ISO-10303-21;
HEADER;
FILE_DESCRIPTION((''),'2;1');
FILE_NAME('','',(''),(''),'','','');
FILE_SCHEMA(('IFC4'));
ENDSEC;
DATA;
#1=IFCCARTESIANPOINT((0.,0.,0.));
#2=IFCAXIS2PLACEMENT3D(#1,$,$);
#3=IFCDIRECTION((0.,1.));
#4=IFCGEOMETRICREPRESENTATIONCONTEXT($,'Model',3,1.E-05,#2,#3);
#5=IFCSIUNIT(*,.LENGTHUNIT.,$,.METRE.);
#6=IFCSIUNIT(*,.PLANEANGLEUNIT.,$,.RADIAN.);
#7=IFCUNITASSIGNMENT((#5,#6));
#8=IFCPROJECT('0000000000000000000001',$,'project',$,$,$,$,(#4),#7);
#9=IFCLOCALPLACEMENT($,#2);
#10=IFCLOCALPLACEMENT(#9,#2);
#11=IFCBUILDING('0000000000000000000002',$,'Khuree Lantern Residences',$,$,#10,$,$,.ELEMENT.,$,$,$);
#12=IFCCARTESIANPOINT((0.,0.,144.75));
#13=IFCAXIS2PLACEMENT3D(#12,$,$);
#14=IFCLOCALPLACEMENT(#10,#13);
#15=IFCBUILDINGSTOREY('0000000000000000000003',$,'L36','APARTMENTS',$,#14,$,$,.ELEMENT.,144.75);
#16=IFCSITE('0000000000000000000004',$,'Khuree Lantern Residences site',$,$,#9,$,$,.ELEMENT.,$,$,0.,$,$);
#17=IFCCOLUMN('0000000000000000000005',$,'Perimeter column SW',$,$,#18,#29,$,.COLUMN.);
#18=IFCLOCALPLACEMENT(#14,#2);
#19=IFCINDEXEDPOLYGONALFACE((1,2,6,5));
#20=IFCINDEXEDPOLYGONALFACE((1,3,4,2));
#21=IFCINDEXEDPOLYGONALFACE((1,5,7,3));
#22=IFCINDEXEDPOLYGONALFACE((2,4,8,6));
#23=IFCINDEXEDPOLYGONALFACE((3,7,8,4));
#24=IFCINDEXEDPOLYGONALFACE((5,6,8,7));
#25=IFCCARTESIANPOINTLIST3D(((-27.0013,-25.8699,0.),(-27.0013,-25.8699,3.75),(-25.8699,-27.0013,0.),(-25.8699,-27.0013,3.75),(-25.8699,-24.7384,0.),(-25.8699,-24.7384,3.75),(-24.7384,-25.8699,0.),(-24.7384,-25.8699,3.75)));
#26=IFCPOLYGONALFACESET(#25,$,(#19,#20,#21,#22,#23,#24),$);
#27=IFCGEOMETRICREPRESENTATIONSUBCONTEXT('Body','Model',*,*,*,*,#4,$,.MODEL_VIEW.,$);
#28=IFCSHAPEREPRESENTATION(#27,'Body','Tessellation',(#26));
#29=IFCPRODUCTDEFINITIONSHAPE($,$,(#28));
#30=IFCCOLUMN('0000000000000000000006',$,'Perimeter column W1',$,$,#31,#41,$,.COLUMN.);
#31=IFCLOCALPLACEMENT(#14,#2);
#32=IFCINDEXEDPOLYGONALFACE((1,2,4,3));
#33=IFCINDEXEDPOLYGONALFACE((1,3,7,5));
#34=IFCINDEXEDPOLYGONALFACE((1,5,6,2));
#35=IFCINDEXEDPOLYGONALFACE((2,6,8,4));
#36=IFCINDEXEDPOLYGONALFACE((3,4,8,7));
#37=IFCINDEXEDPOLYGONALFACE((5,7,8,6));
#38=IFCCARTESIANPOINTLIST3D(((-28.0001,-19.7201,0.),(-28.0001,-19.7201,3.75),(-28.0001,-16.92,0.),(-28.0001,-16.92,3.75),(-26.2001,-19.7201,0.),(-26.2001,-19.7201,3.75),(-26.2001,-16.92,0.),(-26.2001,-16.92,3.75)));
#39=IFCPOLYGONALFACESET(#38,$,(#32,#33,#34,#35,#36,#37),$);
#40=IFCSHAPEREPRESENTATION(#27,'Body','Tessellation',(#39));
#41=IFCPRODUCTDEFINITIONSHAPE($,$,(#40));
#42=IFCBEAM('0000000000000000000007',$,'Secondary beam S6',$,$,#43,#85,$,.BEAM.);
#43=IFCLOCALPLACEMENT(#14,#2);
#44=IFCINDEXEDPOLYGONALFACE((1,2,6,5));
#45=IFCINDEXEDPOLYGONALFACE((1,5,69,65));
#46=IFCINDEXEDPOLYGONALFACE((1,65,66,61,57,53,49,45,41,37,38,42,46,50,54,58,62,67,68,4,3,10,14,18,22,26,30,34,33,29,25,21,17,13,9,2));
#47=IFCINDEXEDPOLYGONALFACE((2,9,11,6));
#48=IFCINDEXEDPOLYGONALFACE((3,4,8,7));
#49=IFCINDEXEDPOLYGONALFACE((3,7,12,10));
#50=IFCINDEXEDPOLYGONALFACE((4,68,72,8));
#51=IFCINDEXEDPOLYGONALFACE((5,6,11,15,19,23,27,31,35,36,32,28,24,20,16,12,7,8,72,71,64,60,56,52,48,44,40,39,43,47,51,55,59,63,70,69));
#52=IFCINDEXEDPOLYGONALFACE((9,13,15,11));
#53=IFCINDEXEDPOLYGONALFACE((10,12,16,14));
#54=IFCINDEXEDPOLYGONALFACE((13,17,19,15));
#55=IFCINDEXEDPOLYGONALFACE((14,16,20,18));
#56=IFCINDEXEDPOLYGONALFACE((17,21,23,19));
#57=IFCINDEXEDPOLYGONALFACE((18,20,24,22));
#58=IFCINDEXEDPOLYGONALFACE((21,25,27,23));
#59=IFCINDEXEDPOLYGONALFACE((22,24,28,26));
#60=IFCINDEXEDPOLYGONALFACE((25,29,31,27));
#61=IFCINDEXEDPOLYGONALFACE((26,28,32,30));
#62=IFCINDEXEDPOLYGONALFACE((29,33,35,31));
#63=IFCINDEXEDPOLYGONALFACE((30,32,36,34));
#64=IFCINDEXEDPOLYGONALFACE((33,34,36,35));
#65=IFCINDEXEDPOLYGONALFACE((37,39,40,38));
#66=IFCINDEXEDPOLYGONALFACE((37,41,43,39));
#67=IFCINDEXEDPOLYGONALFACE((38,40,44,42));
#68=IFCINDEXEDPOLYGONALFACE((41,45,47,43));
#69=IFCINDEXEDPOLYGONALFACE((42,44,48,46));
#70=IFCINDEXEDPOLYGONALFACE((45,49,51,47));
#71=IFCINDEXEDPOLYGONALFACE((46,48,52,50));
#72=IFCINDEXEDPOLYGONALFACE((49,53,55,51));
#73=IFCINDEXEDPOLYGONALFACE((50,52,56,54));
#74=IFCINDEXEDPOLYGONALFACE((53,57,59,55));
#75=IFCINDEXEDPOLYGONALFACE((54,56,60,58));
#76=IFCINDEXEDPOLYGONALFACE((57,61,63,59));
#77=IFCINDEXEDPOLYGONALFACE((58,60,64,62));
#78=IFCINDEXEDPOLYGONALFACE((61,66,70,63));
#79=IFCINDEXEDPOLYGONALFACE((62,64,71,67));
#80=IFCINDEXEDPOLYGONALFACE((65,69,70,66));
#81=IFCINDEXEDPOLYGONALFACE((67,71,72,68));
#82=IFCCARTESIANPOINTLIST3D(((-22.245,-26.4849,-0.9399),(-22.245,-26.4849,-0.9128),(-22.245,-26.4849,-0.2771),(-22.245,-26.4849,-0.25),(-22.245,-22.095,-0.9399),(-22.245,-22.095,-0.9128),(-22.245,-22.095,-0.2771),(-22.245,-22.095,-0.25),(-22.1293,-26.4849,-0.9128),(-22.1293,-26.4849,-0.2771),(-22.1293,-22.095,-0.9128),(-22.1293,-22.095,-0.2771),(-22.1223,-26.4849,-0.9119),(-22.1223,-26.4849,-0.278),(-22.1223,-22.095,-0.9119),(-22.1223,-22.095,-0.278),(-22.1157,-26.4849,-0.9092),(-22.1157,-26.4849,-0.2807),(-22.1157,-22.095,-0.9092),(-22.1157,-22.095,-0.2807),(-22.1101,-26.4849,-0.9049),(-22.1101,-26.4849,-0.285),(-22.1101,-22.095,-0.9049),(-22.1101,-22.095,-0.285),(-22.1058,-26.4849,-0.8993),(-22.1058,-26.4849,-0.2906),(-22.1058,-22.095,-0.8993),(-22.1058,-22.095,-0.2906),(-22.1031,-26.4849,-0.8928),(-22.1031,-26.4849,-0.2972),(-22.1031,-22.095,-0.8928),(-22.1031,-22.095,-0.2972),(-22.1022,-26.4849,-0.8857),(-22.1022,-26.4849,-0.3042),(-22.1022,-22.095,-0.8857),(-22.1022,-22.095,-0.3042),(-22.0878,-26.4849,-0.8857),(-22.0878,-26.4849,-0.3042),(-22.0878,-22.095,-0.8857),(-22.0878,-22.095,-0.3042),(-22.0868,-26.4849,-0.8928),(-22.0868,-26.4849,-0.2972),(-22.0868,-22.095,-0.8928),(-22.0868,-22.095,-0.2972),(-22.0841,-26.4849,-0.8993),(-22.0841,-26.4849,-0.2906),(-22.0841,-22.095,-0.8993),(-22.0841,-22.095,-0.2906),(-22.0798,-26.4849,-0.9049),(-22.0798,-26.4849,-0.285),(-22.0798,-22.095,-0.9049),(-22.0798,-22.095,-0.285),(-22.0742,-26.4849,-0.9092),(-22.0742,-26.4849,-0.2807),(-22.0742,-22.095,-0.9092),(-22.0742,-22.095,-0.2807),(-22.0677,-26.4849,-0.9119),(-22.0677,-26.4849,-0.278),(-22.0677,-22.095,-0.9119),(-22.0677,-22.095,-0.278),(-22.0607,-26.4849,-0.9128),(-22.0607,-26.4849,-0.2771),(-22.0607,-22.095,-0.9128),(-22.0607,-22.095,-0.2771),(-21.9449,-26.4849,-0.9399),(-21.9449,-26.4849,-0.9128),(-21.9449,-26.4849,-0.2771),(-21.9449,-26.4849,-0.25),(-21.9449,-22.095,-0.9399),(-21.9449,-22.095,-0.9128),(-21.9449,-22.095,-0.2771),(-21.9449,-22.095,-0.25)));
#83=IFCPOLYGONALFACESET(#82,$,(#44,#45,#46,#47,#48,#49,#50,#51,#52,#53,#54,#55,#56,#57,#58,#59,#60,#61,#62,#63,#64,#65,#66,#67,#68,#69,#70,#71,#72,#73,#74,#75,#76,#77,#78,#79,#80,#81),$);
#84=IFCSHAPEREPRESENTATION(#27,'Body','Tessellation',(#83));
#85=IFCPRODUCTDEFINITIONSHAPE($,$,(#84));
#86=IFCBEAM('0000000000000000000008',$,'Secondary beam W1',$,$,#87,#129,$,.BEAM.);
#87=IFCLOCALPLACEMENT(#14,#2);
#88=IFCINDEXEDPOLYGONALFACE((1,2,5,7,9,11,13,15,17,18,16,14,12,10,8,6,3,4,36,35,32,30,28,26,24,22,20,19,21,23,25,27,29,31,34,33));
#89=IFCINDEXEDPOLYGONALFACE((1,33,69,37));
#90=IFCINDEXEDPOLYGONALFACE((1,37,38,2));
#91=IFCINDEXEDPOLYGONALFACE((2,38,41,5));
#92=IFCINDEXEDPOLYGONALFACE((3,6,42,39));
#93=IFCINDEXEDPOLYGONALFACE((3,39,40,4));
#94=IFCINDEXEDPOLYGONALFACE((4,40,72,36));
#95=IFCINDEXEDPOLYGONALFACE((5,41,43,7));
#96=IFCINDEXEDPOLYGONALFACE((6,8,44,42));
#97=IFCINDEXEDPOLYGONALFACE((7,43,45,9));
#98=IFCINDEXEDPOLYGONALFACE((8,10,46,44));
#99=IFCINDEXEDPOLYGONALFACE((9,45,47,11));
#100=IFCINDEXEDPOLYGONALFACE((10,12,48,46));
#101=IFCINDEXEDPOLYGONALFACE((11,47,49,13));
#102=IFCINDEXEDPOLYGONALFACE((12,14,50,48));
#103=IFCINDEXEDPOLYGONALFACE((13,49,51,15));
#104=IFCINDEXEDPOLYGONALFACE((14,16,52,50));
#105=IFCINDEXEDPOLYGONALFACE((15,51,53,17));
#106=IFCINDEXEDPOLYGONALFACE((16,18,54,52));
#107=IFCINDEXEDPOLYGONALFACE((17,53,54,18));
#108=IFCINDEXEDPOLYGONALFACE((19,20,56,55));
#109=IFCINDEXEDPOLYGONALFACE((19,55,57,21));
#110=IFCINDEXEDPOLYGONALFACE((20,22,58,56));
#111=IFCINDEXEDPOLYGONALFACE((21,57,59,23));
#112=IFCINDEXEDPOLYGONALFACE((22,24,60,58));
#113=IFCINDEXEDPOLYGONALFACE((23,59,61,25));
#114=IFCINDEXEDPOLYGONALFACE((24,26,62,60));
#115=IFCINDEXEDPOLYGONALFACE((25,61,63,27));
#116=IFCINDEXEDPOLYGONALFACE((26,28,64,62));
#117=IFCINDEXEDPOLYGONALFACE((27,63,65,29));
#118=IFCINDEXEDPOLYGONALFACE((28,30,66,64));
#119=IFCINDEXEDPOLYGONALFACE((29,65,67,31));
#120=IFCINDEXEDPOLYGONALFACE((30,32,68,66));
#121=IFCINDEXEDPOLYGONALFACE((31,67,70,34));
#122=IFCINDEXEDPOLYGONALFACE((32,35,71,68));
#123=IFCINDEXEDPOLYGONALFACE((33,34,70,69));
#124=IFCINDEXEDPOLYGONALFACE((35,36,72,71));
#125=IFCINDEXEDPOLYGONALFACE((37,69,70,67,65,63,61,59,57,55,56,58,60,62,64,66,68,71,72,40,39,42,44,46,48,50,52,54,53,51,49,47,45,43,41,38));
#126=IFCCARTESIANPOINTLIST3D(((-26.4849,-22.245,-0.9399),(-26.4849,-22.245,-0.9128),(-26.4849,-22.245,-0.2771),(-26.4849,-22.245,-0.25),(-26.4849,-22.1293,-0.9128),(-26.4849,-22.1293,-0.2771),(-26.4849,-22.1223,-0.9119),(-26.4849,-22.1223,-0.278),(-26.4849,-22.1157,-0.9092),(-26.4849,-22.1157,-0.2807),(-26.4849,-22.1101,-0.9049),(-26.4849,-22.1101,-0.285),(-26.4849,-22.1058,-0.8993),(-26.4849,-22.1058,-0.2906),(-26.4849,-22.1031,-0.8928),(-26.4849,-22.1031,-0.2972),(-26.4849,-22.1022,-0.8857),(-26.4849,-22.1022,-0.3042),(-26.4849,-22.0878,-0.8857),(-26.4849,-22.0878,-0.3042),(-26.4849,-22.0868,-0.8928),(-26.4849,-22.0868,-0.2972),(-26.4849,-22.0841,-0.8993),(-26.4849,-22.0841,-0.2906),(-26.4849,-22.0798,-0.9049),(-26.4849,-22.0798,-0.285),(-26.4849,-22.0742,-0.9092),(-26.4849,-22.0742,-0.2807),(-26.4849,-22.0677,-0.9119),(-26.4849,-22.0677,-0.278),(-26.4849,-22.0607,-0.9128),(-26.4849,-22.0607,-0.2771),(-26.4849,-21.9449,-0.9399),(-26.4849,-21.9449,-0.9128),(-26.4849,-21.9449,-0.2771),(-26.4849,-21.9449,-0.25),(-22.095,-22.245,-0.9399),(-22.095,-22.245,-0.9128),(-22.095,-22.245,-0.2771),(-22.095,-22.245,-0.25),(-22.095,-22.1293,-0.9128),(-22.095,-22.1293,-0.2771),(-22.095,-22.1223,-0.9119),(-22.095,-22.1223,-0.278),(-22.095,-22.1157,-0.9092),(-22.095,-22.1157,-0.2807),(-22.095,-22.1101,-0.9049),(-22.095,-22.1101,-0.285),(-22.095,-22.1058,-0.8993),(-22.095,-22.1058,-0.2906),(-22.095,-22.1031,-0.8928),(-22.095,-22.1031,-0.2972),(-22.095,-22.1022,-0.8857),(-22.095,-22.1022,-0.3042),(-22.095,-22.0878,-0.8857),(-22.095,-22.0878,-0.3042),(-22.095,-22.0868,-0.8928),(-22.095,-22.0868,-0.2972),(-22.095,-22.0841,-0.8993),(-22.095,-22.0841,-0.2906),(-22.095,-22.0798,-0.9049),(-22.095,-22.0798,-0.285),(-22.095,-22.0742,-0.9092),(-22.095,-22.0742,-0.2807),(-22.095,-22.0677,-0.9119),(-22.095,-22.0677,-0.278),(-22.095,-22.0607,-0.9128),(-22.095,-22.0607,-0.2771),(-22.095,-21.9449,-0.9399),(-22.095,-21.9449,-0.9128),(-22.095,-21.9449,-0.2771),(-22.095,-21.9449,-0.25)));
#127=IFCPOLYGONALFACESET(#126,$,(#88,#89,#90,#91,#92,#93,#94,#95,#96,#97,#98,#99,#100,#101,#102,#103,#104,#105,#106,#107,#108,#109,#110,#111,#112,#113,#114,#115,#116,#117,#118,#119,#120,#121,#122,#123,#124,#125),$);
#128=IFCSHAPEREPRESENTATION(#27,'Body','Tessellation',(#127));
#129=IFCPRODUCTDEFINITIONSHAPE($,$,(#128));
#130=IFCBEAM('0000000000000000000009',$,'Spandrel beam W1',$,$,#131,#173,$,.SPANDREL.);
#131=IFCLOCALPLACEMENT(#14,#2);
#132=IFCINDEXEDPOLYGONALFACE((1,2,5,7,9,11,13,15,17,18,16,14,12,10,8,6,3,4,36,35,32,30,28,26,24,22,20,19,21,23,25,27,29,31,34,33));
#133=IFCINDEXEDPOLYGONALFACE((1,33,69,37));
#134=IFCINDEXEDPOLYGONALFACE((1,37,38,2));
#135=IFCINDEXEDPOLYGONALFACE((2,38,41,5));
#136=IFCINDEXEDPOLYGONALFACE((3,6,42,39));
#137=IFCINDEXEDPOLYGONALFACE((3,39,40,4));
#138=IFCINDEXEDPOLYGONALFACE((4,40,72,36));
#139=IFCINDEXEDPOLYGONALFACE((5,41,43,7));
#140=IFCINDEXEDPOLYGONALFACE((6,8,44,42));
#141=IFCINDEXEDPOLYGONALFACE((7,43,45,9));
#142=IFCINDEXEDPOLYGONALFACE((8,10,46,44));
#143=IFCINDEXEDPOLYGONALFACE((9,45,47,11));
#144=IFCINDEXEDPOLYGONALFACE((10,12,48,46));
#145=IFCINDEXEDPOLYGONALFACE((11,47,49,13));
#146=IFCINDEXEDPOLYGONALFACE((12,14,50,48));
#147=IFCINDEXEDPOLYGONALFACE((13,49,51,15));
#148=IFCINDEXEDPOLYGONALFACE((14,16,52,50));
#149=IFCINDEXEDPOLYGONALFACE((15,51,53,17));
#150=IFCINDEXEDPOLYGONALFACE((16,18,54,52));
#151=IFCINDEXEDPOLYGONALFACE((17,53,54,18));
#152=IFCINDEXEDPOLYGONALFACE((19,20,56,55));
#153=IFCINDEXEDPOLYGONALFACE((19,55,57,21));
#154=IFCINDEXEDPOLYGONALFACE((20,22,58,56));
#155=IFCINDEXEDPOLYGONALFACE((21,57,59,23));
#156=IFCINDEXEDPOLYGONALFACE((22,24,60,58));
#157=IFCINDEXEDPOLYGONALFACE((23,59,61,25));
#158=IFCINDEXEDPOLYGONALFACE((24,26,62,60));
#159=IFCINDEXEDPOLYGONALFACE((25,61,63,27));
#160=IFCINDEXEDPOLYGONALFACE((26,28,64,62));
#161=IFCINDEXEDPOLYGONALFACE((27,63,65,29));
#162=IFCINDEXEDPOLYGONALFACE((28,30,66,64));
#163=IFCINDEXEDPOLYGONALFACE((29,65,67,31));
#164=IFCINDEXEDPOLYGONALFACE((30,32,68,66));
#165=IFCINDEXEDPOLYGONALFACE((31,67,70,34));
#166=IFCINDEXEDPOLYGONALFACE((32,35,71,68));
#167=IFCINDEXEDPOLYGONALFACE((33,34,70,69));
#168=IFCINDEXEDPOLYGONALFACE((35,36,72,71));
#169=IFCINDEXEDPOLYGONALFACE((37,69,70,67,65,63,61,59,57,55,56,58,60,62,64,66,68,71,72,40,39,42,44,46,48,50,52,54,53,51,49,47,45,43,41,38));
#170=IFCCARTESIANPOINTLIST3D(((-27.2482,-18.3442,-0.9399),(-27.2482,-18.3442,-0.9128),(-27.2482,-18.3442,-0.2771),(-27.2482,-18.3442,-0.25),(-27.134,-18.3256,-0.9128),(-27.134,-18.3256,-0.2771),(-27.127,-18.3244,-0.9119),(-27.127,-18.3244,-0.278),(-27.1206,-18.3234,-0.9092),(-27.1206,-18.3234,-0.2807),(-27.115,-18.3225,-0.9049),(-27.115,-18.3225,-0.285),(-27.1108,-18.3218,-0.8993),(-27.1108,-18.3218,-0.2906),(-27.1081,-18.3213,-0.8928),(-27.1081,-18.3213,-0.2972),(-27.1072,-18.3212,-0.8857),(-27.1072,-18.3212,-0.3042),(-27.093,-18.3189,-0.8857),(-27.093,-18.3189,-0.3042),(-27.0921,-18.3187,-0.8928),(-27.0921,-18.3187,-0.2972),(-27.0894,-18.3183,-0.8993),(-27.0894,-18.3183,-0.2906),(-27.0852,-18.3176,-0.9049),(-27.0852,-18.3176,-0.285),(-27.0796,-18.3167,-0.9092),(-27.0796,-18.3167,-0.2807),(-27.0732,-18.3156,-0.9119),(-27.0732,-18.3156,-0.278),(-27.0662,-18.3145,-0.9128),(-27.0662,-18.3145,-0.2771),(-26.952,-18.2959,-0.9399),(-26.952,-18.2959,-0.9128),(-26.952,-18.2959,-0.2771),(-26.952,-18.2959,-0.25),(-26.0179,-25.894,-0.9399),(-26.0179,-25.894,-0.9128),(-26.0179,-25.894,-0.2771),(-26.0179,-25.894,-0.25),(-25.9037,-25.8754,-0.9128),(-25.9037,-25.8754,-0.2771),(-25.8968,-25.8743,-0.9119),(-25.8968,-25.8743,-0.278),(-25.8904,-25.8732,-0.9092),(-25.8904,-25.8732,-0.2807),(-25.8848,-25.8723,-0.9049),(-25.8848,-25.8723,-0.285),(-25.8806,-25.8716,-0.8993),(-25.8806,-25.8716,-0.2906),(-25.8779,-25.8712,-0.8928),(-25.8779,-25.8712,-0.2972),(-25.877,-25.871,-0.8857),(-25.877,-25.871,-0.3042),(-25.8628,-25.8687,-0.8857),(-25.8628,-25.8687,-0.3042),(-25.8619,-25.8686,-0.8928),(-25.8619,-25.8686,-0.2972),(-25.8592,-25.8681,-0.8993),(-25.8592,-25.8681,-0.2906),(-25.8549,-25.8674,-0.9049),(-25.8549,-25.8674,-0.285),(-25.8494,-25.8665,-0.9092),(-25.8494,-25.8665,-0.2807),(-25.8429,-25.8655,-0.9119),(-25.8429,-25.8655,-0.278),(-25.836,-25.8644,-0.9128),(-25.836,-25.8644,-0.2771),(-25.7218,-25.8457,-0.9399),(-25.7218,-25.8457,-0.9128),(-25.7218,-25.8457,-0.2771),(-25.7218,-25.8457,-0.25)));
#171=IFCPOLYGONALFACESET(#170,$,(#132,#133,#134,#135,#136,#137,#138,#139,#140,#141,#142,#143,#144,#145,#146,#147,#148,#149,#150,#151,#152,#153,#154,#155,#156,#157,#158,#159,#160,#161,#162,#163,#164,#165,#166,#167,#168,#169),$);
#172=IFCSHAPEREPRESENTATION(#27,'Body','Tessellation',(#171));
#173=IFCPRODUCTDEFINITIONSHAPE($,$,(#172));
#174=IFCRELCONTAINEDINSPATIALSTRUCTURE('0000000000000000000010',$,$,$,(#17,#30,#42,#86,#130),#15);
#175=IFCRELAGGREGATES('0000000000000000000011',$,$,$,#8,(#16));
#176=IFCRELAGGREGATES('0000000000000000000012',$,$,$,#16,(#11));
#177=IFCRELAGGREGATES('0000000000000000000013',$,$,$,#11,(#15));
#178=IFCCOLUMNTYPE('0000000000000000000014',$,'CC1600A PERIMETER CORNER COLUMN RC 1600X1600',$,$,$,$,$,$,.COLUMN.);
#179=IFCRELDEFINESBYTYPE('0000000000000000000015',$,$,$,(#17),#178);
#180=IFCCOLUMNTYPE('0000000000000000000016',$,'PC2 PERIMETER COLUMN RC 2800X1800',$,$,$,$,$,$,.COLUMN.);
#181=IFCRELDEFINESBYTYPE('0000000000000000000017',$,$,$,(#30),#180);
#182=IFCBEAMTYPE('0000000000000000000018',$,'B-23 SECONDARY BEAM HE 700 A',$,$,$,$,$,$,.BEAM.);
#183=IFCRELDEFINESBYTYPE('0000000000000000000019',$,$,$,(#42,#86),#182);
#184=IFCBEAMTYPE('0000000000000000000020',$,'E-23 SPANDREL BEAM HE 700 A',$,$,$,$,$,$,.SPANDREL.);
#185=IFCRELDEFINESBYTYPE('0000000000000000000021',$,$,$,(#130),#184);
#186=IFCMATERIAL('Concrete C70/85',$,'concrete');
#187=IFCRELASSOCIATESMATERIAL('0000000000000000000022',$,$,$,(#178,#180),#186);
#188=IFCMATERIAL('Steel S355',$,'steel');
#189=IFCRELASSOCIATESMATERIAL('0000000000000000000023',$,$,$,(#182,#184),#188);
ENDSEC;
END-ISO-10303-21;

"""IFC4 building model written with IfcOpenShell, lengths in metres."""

from ifc_helpers import new_model, si_unit, direction, frame, origin, origin_2d, place, context, subcontext, project, spatial, rectangle, i_section, extrude, material, material_profile, profile_set, type_object, element, save


model = new_model("IFC4")

# Units and contexts
model_context = context("Model", 3, precision=1e-05, world=origin(), true_north=direction((0.0, 1.0)))
body_context = subcontext(model_context, "Body", "Model", "MODEL_VIEW")
ifc_project = project(units=[si_unit("LENGTHUNIT", "METRE"), si_unit("PLANEANGLEUNIT", "RADIAN")], contexts=[model_context])

# Site, building, storey
site_placement = place(None, origin())
site = spatial("IfcSite", under=ifc_project, at=site_placement, Name="Khuree Lantern Residences site", CompositionType="ELEMENT", RefElevation=0.0)
building_placement = place(site_placement, origin())
building = spatial("IfcBuilding", under=site, at=building_placement, Name="Khuree Lantern Residences", CompositionType="ELEMENT")
storey_placement = place(building_placement, frame((0.0, 0.0, 144.75)))
storey = spatial("IfcBuildingStorey", under=building, at=storey_placement, Name="L36", Description="APARTMENTS", CompositionType="ELEMENT", Elevation=144.75)

# Columns
ifc_material_1 = material(Name="Concrete C70/85", Category="concrete")
ifc_material_profile_1 = material_profile(ifc_material_1, rectangle(XDim=1.6001, YDim=1.6001, at=origin_2d()), Name="RC 1600X1600")
ifc_profile_set_1 = profile_set([ifc_material_profile_1], Name="Concrete C70/85")
column_type_1 = type_object("IfcColumnType", Name="CC1600A PERIMETER CORNER COLUMN RC 1600X1600", PredefinedType="COLUMN", material=ifc_profile_set_1)
column_1_placement = place(storey_placement, frame((-25.8699, -25.8699, 0.0), z_axis=(0.0, 0.0, 1.0), x_axis=(0.707107, -0.707107, 0.0)))
element("IfcColumn", 1, at=column_1_placement, inside=storey, type_object=column_type_1, Name="Perimeter column SW", PredefinedType="COLUMN", context=body_context, shape_type="SweptSolid", body=[
    extrude(rectangle(XDim=1.6001, YDim=1.6001, at=origin_2d()), origin(), (0.0, 0.0, 1.0), 3.75),
])
ifc_material_profile_2 = material_profile(ifc_material_1, rectangle(XDim=2.8, YDim=1.8, at=origin_2d()), Name="RC 2800X1800")
ifc_profile_set_2 = profile_set([ifc_material_profile_2], Name="Concrete C70/85")
column_type_2 = type_object("IfcColumnType", Name="PC2 PERIMETER COLUMN RC 2800X1800", PredefinedType="COLUMN", material=ifc_profile_set_2)
column_2_placement = place(storey_placement, frame((-27.1001, -18.3201, 0.0), z_axis=(0.0, 0.0, 1.0), x_axis=(0.0, 1.0, 0.0)))
element("IfcColumn", 2, at=column_2_placement, inside=storey, type_object=column_type_2, Name="Perimeter column W1", PredefinedType="COLUMN", context=body_context, shape_type="SweptSolid", body=[
    extrude(rectangle(XDim=2.8, YDim=1.8, at=origin_2d()), origin(), (0.0, 0.0, 1.0), 3.75),
])

# Beams
ifc_material_2 = material(Name="Steel S355", Category="steel")
ifc_material_profile_3 = material_profile(ifc_material_2, i_section(OverallWidth=0.3, OverallDepth=0.6899, WebThickness=0.0144, FlangeThickness=0.0271, FilletRadius=0.0271, at=origin_2d()), Name="HE 700 A")
ifc_profile_set_3 = profile_set([ifc_material_profile_3], Name="Steel S355")
beam_type_1 = type_object("IfcBeamType", Name="B-23 SECONDARY BEAM HE 700 A", PredefinedType="BEAM", material=ifc_profile_set_3)
for number, where, z_axis, x_axis, name in (
    (3, (-22.095, -26.4849, -0.595), (0.0, 1.0, 0.0), (-1.0, 0.0, 0.0), "Secondary beam S6"),
    (4, (-26.4849, -22.095, -0.595), (1.0, 0.0, 0.0), (0.0, 1.0, 0.0), "Secondary beam W1"),
):
    element("IfcBeam", number, at=place(storey_placement, frame(where, z_axis=z_axis, x_axis=x_axis)), inside=storey, type_object=beam_type_1, Name=name, PredefinedType="BEAM", context=body_context, shape_type="SweptSolid", body=[
        extrude(i_section(OverallWidth=0.3, OverallDepth=0.6899, WebThickness=0.0144, FlangeThickness=0.0271, FilletRadius=0.0271, at=origin_2d()), origin(), (0.0, 0.0, 1.0), 4.3899),
    ])
ifc_material_profile_4 = material_profile(ifc_material_2, i_section(OverallWidth=0.3, OverallDepth=0.6899, WebThickness=0.0144, FlangeThickness=0.0271, FilletRadius=0.0271, at=origin_2d()), Name="HE 700 A")
ifc_profile_set_4 = profile_set([ifc_material_profile_4], Name="Steel S355")
beam_type_2 = type_object("IfcBeamType", Name="E-23 SPANDREL BEAM HE 700 A", PredefinedType="SPANDREL", material=ifc_profile_set_4)
beam_1_placement = place(storey_placement, frame((-25.8699, -25.8699, -0.595), z_axis=(-0.160827, 0.986983, 0.0), x_axis=(-0.986983, -0.160827, 0.0)))
element("IfcBeam", 5, at=beam_1_placement, inside=storey, type_object=beam_type_2, Name="Spandrel beam W1", PredefinedType="SPANDREL", context=body_context, shape_type="SweptSolid", body=[
    extrude(i_section(OverallWidth=0.3, OverallDepth=0.6899, WebThickness=0.0144, FlangeThickness=0.0271, FilletRadius=0.0271, at=origin_2d()), origin(), (0.0, 0.0, 1.0), 7.6494),
])

save(model, "model.ifc")
